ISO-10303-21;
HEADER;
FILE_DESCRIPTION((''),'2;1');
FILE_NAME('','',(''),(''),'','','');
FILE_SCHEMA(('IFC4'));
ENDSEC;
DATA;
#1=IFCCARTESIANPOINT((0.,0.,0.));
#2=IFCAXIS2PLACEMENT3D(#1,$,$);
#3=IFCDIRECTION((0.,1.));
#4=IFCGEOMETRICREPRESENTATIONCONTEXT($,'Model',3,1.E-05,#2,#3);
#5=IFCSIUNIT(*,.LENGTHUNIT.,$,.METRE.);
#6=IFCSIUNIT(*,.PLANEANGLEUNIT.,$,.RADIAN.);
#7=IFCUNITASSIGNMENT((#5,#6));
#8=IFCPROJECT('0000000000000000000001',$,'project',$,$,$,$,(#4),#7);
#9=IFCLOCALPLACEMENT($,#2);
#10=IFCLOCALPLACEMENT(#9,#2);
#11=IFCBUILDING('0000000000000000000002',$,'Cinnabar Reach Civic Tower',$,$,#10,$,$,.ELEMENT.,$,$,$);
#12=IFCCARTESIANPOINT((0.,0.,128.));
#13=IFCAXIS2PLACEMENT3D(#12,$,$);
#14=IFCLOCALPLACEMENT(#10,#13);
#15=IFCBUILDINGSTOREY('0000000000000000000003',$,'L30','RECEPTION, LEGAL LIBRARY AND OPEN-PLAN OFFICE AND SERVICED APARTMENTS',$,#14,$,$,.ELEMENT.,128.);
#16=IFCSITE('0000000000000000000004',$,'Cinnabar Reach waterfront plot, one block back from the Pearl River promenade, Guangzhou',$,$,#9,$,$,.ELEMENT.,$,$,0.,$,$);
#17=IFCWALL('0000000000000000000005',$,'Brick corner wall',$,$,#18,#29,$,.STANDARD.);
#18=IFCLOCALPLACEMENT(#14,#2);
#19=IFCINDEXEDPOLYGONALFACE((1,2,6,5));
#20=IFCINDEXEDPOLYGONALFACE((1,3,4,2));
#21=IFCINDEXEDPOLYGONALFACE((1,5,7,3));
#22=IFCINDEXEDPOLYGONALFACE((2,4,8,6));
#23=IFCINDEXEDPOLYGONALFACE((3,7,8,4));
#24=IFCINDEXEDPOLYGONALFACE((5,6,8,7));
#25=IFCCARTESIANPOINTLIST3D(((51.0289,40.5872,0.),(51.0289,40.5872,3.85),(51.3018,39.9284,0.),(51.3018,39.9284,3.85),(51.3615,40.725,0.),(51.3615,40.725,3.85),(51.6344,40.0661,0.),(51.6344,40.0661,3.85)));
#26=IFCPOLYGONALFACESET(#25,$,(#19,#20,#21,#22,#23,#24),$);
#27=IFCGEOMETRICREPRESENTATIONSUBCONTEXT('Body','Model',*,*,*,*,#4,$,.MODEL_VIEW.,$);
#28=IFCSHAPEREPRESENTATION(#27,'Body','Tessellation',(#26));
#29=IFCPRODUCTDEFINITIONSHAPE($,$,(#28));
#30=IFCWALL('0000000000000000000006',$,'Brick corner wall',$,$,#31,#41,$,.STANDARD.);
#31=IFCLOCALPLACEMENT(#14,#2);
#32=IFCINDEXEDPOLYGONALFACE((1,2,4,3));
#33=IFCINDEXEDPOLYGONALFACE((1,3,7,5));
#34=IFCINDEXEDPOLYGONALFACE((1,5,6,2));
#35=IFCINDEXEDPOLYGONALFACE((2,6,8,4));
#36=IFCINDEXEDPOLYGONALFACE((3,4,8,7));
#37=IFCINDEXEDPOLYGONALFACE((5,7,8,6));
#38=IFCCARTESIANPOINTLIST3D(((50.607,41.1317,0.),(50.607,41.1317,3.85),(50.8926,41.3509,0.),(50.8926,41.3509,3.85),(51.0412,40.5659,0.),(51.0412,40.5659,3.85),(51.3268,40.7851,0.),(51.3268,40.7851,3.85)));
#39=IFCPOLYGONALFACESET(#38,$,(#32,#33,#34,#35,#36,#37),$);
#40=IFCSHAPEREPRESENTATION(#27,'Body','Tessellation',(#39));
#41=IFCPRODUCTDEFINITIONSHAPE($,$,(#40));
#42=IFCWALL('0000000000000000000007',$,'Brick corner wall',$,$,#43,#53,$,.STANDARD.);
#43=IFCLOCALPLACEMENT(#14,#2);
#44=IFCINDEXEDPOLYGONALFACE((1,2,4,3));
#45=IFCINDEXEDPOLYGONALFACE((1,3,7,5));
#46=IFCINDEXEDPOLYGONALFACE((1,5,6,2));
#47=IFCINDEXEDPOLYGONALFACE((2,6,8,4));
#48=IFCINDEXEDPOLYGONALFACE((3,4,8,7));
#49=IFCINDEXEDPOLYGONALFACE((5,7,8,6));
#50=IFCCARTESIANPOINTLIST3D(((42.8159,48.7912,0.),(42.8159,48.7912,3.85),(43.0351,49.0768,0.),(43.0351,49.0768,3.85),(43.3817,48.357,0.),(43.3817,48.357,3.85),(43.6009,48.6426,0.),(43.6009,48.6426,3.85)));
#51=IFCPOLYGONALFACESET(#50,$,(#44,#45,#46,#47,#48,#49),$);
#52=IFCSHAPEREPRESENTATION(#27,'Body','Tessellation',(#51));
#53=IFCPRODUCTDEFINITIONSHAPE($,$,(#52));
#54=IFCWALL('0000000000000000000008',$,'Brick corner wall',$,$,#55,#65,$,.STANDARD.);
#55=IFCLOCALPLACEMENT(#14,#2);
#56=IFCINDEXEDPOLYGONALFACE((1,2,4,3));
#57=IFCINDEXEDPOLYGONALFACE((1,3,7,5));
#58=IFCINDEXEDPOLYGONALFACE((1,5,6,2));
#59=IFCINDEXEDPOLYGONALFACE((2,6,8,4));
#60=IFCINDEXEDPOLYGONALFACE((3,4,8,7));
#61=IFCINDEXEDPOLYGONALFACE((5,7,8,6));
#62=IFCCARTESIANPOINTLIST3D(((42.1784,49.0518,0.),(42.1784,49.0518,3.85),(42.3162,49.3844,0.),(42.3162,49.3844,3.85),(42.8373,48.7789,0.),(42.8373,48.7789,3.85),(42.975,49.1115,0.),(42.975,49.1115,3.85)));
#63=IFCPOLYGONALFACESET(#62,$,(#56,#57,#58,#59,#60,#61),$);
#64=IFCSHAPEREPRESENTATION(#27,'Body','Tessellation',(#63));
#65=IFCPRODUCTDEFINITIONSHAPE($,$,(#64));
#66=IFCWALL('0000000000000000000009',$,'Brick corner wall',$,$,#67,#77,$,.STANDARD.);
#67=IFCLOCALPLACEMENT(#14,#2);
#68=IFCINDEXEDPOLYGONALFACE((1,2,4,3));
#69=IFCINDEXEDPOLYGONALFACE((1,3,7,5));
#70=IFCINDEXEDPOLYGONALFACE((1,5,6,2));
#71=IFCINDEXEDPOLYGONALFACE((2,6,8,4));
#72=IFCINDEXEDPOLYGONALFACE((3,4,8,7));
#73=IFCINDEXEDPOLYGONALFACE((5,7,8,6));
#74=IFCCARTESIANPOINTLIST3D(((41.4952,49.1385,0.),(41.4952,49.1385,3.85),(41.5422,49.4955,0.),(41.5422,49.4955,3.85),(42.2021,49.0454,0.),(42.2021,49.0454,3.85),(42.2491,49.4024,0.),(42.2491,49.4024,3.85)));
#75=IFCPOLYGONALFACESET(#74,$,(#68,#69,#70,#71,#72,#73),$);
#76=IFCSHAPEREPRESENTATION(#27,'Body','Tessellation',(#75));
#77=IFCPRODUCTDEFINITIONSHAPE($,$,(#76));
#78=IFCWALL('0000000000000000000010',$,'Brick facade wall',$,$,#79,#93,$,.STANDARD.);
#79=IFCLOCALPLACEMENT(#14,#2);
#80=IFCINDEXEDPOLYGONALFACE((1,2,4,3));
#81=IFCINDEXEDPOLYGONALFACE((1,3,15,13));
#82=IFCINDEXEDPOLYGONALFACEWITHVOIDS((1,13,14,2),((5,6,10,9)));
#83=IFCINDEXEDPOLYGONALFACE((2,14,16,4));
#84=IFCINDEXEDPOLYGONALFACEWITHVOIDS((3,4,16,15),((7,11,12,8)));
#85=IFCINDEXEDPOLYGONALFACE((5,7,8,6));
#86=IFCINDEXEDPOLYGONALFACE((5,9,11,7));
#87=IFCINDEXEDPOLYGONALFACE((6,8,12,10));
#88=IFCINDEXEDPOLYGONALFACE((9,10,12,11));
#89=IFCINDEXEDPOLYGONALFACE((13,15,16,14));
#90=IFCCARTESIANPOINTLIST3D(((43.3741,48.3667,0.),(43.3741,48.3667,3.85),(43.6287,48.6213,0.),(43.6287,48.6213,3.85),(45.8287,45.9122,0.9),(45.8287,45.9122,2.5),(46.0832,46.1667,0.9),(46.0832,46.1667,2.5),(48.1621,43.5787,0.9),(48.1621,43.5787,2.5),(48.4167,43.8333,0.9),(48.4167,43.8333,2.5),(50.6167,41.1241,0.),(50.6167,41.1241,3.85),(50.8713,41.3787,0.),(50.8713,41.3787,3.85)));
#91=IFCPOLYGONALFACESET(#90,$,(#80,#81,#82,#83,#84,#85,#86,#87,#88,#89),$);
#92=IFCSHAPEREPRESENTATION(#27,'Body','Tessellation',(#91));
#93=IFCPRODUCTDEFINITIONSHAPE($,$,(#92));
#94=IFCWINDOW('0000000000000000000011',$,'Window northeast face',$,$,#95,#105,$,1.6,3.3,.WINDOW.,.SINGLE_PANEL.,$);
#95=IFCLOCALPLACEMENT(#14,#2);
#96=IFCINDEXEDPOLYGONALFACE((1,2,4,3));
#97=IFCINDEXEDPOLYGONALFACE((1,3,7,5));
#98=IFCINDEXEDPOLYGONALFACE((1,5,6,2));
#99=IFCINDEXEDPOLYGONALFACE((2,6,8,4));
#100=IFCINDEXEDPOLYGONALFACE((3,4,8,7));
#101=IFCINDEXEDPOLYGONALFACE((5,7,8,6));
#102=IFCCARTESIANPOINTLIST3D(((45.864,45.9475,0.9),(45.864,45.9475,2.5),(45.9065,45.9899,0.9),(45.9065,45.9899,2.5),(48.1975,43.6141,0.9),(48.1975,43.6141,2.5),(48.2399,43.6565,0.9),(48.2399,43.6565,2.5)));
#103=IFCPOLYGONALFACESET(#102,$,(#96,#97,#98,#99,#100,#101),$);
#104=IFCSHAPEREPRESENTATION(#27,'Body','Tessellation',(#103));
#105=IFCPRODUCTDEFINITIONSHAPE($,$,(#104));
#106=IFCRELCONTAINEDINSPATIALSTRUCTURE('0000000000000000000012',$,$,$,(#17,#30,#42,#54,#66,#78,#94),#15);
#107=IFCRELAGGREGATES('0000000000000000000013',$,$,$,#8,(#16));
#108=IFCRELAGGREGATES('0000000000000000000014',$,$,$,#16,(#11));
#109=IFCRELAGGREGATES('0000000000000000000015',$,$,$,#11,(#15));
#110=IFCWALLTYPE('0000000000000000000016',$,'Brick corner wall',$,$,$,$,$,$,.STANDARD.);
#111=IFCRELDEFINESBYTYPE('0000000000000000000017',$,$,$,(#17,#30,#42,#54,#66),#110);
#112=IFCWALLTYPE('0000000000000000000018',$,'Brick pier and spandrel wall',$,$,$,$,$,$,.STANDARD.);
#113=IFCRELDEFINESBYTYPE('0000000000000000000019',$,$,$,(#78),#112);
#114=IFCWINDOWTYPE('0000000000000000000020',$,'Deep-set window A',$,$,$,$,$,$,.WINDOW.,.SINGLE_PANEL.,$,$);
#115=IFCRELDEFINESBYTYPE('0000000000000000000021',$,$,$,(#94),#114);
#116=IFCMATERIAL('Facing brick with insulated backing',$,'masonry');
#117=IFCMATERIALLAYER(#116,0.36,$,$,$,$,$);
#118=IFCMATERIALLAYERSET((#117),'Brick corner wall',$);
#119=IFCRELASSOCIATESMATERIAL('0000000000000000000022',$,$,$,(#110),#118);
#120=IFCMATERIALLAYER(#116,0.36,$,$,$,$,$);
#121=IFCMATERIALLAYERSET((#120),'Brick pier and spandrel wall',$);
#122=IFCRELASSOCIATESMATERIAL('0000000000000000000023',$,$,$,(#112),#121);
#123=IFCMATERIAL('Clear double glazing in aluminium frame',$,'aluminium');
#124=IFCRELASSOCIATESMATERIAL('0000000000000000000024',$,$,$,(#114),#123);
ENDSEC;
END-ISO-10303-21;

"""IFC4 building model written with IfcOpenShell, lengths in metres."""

from ifc_helpers import new_model, si_unit, direction, frame, frame_2d, origin, place, context, subcontext, project, spatial, rectangle, extrude, material, layer, layer_set, type_object, element, fill, save


model = new_model("IFC4")

# Units and contexts
model_context = context("Model", 3, precision=1e-05, world=origin(), true_north=direction((0.0, 1.0)))
body_context = subcontext(model_context, "Body", "Model", "MODEL_VIEW")
ifc_project = project(units=[si_unit("LENGTHUNIT", "METRE"), si_unit("PLANEANGLEUNIT", "RADIAN")], contexts=[model_context])

# Site, building, storey
site_placement = place(None, origin())
site = spatial("IfcSite", under=ifc_project, at=site_placement, Name="Cinnabar Reach waterfront plot, one block back from the Pearl River promenade, Guangzhou", CompositionType="ELEMENT", RefElevation=0.0)
building_placement = place(site_placement, origin())
building = spatial("IfcBuilding", under=site, at=building_placement, Name="Cinnabar Reach Civic Tower", CompositionType="ELEMENT")
storey_placement = place(building_placement, frame((0.0, 0.0, 128.0)))
storey = spatial("IfcBuildingStorey", under=building, at=storey_placement, Name="L30", Description="RECEPTION, LEGAL LIBRARY AND OPEN-PLAN OFFICE AND SERVICED APARTMENTS", CompositionType="ELEMENT", Elevation=128.0)

# Walls
ifc_material_1 = material(Name="Facing brick with insulated backing", Category="masonry")
ifc_layer_1 = layer(ifc_material_1, 0.36)
ifc_layer_set_1 = layer_set([ifc_layer_1], Name="Brick corner wall")
wall_type_1 = type_object("IfcWallType", Name="Brick corner wall", PredefinedType="STANDARD", material=ifc_layer_set_1)
wall_1_placement = place(storey_placement, frame((51.4681, 39.9973, 0.0), z_axis=(0.0, 0.0, 1.0), x_axis=(-0.382703, 0.923872, 0.0)))
element("IfcWall", 1, at=wall_1_placement, inside=storey, type_object=wall_type_1, Name="Brick corner wall", PredefinedType="STANDARD", context=body_context, shape_type="SweptSolid", body=[
    extrude(rectangle(XDim=0.7131, YDim=0.36, at=frame_2d((0.3565, 0.0))), origin(), (0.0, 0.0, 1.0), 3.85),
])
for number, where, z_axis, x_axis, name in (
    (2, (51.184, 40.6755, 0.0), (0.0, 0.0, 1.0), (-0.608802, 0.793322, 0.0), "Brick corner wall"),
    (3, (43.4913, 48.4998, 0.0), (0.0, 0.0, 1.0), (-0.793322, 0.608802, 0.0), "Brick corner wall"),
):
    element("IfcWall", number, at=place(storey_placement, frame(where, z_axis=z_axis, x_axis=x_axis)), inside=storey, type_object=wall_type_1, Name=name, PredefinedType="STANDARD", context=body_context, shape_type="SweptSolid", body=[
        extrude(rectangle(XDim=0.7132, YDim=0.36, at=frame_2d((0.3566, 0.0))), origin(), (0.0, 0.0, 1.0), 3.85),
    ])
for number, where, z_axis, x_axis, name in (
    (4, (42.9061, 48.9452, 0.0), (0.0, 0.0, 1.0), (-0.923872, 0.382703, 0.0), "Brick corner wall"),
    (5, (42.2256, 49.2239, 0.0), (0.0, 0.0, 1.0), (-0.991441, 0.130556, 0.0), "Brick corner wall"),
):
    element("IfcWall", number, at=place(storey_placement, frame(where, z_axis=z_axis, x_axis=x_axis)), inside=storey, type_object=wall_type_1, Name=name, PredefinedType="STANDARD", context=body_context, shape_type="SweptSolid", body=[
        extrude(rectangle(XDim=0.7131, YDim=0.36, at=frame_2d((0.3565, 0.0))), origin(), (0.0, 0.0, 1.0), 3.85),
    ])

# Wall, opening, window
ifc_layer_2 = layer(ifc_material_1, 0.36)
ifc_layer_set_2 = layer_set([ifc_layer_2], Name="Brick pier and spandrel wall")
wall_type_2 = type_object("IfcWallType", Name="Brick pier and spandrel wall", PredefinedType="STANDARD", material=ifc_layer_set_2)
wall_2_placement = place(storey_placement, frame((50.744, 41.2514, 0.0), z_axis=(0.0, 0.0, 1.0), x_axis=(-0.707107, 0.707107, 0.0)))
wall_2 = element("IfcWall", 6, at=wall_2_placement, inside=storey, type_object=wall_type_2, Name="Brick facade wall", PredefinedType="STANDARD", context=body_context, shape_type="SweptSolid", body=[
    extrude(rectangle(XDim=10.2426, YDim=0.36, at=frame_2d((5.1213, 0.0))), origin(), (0.0, 0.0, 1.0), 3.85),
])
opening_1_placement = place(wall_2_placement, frame((3.4713, 0.0, 0.9)))
opening_1 = element("IfcOpeningElement", 7, at=opening_1_placement, cuts=wall_2, PredefinedType="OPENING", context=body_context, shape_type="SweptSolid", body=[
    extrude(rectangle(XDim=3.3, YDim=1.6, at=frame_2d((1.65, 0.8))), frame((0.0, 0.19, 0.0), z_axis=(0.0, -1.0, 0.0), x_axis=(1.0, 0.0, 0.0)), (0.0, 0.0, 1.0), 0.38),
])
ifc_material_2 = material(Name="Clear double glazing in aluminium frame", Category="aluminium")
window_type_1 = type_object("IfcWindowType", Name="Deep-set window A", PartitioningType="SINGLE_PANEL", PredefinedType="WINDOW", material=ifc_material_2)
window_1_placement = place(opening_1_placement, origin())
window_1 = element("IfcWindow", 8, at=window_1_placement, inside=storey, type_object=window_type_1, Name="Window northeast face", OverallHeight=1.6, OverallWidth=3.3, PartitioningType="SINGLE_PANEL", PredefinedType="WINDOW", context=body_context, shape_type="SweptSolid", body=[
    extrude(rectangle(XDim=3.3, YDim=1.6, at=frame_2d((1.65, 0.8))), frame((0.0, 0.13, 0.0), z_axis=(0.0, -1.0, 0.0), x_axis=(1.0, 0.0, 0.0)), (0.0, 0.0, 1.0), 0.06),
])
fill(opening_1, window_1)

save(model, "model.ifc")
